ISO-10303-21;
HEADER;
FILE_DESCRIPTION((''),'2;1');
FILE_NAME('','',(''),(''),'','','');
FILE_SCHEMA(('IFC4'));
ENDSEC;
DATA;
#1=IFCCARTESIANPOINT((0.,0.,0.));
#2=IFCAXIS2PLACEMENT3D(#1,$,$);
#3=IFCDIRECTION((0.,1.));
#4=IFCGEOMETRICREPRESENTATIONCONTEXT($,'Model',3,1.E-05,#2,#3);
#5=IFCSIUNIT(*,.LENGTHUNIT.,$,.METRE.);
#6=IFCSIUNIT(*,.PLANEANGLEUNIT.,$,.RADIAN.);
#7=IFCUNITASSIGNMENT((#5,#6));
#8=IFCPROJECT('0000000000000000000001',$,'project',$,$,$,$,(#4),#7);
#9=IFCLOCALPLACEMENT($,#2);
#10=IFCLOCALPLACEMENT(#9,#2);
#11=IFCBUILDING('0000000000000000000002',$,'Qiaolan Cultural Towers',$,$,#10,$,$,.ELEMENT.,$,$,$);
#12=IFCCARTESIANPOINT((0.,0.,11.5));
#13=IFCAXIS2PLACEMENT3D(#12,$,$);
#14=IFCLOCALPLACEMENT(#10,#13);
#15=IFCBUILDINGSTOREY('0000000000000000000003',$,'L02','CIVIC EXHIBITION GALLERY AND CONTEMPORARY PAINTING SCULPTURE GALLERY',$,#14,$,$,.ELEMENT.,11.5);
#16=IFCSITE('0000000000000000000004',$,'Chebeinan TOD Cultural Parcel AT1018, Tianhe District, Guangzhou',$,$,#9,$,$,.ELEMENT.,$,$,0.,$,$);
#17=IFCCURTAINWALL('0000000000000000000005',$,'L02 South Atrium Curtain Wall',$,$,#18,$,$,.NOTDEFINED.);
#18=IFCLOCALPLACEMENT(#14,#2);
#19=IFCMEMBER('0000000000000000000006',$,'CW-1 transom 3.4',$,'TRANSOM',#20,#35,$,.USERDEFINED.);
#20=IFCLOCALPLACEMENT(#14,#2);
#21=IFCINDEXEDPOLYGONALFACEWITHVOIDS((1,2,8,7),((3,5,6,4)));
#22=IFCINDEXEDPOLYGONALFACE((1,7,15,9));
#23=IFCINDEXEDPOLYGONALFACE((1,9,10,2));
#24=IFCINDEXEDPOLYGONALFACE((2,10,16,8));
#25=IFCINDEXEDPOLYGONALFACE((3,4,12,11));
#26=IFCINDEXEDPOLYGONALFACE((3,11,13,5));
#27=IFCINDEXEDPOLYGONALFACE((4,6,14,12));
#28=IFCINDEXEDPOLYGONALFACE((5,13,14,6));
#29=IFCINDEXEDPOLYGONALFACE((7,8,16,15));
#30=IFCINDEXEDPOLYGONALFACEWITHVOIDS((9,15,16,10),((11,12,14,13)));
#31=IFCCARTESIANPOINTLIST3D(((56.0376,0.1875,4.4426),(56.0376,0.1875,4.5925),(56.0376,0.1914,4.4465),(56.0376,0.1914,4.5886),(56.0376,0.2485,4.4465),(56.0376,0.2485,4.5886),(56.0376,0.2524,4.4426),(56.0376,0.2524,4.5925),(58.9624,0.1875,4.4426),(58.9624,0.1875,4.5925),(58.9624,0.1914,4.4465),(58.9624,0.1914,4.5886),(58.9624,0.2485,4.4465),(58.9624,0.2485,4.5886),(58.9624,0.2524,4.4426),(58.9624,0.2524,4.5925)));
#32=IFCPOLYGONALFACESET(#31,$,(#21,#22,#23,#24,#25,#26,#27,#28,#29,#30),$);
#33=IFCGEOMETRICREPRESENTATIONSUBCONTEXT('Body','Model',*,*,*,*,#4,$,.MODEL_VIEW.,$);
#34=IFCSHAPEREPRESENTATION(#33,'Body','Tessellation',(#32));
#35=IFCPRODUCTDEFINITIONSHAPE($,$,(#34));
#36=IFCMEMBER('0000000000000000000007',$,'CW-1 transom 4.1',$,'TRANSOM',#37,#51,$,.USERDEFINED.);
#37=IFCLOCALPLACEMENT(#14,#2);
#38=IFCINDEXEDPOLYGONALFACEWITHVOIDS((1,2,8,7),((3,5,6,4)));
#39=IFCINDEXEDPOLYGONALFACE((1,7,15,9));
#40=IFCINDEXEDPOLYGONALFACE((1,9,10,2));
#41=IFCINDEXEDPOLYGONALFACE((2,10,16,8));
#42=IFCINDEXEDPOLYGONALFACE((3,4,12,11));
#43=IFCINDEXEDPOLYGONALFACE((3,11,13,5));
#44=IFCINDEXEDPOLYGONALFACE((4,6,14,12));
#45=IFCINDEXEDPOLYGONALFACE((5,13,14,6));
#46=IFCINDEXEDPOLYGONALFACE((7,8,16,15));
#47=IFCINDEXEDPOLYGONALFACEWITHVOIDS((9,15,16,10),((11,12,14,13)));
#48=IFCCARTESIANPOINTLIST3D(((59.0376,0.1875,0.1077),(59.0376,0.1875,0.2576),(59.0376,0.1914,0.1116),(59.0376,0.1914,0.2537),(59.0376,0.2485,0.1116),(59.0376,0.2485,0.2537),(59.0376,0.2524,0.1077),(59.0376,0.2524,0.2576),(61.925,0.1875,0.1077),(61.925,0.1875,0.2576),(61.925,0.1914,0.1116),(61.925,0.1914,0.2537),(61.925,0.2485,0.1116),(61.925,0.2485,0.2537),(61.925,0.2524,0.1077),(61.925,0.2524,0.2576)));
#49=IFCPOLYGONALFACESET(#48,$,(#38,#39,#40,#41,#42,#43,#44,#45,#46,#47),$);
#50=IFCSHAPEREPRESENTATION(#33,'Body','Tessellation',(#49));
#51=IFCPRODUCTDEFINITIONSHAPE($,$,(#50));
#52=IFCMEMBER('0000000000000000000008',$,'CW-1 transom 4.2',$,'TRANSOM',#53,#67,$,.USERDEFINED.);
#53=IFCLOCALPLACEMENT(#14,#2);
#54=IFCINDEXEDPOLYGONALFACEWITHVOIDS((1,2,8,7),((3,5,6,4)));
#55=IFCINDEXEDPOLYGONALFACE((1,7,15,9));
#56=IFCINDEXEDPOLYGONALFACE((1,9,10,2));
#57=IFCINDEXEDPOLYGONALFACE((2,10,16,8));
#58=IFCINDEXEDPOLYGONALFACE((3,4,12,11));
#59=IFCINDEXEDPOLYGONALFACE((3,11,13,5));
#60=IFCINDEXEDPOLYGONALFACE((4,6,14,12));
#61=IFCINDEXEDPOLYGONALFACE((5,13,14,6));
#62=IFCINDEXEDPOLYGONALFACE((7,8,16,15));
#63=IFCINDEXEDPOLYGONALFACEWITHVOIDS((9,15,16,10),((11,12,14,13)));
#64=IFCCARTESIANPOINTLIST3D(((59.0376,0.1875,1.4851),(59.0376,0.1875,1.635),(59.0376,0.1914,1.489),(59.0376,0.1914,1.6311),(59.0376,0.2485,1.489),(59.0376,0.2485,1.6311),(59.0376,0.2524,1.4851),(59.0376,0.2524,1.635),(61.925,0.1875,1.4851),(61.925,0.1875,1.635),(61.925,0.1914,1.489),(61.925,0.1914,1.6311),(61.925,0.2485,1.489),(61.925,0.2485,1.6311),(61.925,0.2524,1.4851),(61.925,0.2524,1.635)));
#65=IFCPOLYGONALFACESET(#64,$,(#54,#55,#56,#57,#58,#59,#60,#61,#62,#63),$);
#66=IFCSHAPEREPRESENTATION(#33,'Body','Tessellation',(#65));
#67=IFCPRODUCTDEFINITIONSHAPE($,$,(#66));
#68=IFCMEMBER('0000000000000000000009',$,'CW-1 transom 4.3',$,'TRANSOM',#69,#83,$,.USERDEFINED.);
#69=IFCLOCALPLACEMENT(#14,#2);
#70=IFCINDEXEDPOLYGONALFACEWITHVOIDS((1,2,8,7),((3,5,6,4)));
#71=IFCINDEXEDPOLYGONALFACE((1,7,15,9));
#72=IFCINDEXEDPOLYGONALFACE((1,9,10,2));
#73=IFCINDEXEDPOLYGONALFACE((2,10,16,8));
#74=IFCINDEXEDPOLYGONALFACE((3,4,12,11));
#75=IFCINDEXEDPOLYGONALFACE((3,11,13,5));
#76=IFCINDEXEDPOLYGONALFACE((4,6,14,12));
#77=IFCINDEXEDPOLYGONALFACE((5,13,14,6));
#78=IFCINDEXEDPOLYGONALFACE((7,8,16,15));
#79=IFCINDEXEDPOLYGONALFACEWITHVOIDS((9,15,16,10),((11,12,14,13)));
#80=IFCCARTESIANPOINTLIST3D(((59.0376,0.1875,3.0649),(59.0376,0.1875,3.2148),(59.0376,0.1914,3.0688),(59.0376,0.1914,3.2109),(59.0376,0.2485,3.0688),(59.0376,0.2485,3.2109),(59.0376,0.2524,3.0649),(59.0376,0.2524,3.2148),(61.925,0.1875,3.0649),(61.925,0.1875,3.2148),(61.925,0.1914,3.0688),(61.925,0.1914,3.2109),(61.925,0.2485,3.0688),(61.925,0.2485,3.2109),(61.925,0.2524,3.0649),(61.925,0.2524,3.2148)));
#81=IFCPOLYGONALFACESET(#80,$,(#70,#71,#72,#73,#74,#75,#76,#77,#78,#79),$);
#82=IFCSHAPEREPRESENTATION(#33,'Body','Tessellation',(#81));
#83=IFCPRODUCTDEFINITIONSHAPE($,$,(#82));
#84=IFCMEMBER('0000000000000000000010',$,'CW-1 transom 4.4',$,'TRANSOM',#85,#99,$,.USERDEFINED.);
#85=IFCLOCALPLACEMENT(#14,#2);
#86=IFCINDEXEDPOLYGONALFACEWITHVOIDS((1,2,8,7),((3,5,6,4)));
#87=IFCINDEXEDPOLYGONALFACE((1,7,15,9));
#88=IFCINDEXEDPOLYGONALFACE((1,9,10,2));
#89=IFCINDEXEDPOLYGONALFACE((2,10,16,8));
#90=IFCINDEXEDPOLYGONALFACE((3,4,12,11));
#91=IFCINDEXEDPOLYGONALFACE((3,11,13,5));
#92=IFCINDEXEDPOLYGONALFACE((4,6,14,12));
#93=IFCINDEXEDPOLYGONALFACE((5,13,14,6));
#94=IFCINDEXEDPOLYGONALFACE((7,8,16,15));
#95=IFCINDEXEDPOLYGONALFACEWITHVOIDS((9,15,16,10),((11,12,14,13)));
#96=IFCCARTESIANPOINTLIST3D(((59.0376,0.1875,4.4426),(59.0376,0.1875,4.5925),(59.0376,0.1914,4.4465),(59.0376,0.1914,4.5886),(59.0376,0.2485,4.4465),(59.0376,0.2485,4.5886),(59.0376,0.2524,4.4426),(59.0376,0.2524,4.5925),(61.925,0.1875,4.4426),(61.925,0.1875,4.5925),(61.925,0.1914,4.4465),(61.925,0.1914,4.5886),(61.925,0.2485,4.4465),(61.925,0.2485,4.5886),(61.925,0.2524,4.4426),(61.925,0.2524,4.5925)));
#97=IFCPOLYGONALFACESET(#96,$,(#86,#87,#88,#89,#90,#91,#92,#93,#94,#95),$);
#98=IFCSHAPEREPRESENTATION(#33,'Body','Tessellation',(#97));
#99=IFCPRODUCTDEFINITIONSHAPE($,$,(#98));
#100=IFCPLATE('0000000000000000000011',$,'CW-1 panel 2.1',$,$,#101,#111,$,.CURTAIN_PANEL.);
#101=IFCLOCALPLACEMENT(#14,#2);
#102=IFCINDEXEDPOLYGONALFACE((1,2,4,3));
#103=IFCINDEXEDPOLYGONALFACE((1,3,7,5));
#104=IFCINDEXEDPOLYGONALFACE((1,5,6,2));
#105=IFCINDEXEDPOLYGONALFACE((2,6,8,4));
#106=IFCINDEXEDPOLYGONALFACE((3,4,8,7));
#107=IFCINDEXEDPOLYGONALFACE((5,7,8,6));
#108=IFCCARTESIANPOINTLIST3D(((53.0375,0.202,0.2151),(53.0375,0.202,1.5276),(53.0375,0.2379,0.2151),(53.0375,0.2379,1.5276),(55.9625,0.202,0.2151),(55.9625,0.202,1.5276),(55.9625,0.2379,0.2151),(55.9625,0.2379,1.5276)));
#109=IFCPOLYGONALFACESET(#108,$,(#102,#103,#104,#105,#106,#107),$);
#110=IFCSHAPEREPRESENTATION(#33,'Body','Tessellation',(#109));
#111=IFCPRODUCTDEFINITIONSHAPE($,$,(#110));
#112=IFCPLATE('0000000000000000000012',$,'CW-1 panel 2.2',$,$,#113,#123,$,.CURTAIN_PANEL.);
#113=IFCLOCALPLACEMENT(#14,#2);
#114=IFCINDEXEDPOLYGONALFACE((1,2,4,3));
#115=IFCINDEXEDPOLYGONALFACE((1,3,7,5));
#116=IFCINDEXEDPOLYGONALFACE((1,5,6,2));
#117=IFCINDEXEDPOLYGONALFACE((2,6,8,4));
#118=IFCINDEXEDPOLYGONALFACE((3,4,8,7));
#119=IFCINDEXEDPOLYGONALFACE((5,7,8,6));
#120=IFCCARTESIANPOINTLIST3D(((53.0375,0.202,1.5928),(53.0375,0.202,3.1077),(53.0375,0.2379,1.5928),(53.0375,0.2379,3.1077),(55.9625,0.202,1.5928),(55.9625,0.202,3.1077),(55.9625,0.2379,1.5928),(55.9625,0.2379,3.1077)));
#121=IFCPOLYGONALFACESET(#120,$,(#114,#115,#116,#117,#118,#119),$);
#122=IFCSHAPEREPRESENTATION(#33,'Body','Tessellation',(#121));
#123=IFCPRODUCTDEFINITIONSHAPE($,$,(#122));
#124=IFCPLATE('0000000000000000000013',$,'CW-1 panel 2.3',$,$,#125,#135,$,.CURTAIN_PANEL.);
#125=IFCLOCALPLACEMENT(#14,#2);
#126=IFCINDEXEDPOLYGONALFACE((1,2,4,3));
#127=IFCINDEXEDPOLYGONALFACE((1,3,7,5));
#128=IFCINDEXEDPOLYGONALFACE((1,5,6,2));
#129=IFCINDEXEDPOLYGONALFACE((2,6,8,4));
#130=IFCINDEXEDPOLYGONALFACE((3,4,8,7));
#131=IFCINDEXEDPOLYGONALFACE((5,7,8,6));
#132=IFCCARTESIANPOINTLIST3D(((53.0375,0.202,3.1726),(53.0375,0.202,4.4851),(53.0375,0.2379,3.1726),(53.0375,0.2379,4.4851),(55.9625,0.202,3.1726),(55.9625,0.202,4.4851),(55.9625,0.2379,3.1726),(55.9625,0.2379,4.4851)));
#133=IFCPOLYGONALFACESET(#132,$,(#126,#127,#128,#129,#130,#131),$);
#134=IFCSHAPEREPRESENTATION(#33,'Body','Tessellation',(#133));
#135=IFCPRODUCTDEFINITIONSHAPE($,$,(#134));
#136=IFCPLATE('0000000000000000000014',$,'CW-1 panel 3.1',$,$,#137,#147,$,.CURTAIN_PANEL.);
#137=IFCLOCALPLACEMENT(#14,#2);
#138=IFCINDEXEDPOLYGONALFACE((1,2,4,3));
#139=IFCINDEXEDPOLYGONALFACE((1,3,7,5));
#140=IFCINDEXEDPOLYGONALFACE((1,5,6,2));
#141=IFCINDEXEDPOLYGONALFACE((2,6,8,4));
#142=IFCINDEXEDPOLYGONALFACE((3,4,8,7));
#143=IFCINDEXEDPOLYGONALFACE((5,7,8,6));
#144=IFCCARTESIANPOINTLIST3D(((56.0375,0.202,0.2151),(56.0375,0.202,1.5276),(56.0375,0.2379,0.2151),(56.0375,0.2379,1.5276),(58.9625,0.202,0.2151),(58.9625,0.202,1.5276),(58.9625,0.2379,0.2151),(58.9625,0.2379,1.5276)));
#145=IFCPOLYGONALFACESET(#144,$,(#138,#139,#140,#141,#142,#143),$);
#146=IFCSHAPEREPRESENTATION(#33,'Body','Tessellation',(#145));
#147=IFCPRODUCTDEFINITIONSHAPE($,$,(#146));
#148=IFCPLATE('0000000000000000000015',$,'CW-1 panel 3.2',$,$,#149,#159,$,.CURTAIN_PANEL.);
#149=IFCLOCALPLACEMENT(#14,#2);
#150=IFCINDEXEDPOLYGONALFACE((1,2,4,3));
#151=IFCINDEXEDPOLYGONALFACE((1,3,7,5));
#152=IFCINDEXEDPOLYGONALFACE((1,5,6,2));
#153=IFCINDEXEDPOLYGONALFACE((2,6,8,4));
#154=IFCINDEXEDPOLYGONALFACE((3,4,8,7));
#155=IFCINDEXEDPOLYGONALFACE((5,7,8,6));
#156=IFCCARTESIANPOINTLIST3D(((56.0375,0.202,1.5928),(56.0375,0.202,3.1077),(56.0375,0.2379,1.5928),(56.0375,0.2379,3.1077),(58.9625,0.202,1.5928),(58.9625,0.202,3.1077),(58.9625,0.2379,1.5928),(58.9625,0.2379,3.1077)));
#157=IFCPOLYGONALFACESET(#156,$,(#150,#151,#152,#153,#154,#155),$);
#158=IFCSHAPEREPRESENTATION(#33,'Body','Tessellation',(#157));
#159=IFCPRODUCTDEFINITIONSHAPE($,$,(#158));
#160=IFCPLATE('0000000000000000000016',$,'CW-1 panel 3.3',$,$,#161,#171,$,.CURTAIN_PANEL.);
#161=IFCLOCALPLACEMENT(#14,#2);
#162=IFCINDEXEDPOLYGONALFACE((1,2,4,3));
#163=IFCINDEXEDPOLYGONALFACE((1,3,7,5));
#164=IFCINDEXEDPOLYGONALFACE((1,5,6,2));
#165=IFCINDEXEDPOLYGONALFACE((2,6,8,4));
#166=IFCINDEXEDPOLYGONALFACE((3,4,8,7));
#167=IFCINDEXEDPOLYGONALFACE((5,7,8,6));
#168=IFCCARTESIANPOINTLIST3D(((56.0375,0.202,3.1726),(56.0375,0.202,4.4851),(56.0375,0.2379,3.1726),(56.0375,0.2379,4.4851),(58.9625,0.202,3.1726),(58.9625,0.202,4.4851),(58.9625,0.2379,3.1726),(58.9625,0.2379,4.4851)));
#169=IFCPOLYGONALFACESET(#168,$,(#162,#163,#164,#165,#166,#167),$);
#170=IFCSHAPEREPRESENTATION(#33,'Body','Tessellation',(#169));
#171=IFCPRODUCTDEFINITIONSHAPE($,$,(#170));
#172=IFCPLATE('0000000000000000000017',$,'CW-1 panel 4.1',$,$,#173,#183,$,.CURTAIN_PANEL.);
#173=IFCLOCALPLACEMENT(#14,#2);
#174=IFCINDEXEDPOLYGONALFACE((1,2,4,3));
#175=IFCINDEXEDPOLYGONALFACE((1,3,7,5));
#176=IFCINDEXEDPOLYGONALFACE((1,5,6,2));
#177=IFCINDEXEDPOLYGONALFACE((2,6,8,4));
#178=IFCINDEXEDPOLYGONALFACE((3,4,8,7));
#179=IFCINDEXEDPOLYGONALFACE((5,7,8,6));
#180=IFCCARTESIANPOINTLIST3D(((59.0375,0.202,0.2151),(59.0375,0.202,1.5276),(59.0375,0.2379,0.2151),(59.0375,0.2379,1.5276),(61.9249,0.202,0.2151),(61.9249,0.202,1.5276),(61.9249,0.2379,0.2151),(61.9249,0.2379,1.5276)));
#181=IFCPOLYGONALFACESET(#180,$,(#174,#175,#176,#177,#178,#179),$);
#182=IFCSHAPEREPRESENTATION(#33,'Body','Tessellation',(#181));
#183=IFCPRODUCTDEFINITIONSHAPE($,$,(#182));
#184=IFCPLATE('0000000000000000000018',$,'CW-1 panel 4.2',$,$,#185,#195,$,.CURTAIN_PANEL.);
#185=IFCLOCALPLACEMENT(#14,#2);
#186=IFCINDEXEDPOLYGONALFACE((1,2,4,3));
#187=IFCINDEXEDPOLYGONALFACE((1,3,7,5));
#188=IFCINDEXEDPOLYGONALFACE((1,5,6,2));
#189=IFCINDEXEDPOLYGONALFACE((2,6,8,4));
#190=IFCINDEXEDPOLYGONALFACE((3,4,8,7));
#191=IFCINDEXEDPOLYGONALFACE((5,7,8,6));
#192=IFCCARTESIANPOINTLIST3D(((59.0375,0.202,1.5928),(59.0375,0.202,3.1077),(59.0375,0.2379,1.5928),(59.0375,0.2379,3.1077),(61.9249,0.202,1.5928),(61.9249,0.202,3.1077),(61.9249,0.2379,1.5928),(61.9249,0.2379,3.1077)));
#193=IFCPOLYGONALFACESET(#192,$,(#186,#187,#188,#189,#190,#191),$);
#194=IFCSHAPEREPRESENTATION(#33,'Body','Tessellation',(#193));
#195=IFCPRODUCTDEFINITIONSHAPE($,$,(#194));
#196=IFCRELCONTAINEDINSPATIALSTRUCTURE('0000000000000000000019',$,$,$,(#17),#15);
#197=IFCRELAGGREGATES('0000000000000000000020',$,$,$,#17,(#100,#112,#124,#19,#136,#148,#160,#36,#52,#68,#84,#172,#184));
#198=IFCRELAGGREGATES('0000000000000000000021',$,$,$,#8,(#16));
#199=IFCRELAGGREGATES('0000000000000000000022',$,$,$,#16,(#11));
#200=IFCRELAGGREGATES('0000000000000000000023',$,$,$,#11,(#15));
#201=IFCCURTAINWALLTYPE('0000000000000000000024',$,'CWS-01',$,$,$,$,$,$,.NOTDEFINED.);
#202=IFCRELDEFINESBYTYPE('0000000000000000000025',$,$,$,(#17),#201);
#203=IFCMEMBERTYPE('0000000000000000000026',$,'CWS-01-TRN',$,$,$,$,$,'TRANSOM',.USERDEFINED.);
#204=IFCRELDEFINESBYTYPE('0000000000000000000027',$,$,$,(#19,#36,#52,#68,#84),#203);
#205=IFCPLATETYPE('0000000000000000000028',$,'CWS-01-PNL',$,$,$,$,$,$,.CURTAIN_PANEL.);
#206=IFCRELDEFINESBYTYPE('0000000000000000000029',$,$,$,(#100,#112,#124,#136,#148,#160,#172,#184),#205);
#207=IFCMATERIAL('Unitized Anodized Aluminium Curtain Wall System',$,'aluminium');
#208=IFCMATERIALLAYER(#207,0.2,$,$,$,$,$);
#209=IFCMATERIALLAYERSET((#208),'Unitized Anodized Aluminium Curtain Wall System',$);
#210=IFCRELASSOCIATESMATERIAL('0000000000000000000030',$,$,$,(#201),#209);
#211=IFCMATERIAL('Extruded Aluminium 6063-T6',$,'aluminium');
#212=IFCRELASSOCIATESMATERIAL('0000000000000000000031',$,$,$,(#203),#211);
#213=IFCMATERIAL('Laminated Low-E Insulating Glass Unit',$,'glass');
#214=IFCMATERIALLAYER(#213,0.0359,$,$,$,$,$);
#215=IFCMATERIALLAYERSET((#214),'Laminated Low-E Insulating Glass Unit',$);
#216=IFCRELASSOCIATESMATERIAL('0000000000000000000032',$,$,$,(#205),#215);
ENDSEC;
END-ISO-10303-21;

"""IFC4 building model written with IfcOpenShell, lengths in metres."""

from ifc_helpers import new_model, si_unit, direction, frame, origin, origin_2d, place, context, subcontext, project, spatial, rectangle, hollow_rectangle, extrude, material, layer, layer_set, material_profile, profile_set, type_object, element, aggregate, save


model = new_model("IFC4")

# Units and contexts
model_context = context("Model", 3, precision=1e-05, world=origin(), true_north=direction((0.0, 1.0)))
body_context = subcontext(model_context, "Body", "Model", "MODEL_VIEW")
ifc_project = project(units=[si_unit("LENGTHUNIT", "METRE"), si_unit("PLANEANGLEUNIT", "RADIAN")], contexts=[model_context])

# Site, building, storey
site_placement = place(None, origin())
site = spatial("IfcSite", under=ifc_project, at=site_placement, Name="Chebeinan TOD Cultural Parcel AT1018, Tianhe District, Guangzhou", CompositionType="ELEMENT", RefElevation=0.0)
building_placement = place(site_placement, origin())
building = spatial("IfcBuilding", under=site, at=building_placement, Name="Qiaolan Cultural Towers", CompositionType="ELEMENT")
storey_placement = place(building_placement, frame((0.0, 0.0, 11.5)))
storey = spatial("IfcBuildingStorey", under=building, at=storey_placement, Name="L02", Description="CIVIC EXHIBITION GALLERY AND CONTEMPORARY PAINTING SCULPTURE GALLERY", CompositionType="ELEMENT", Elevation=11.5)

# Curtain wall, members, plates
ifc_material_1 = material(Name="Unitized Anodized Aluminium Curtain Wall System", Category="aluminium")
ifc_layer_1 = layer(ifc_material_1, 0.2)
ifc_layer_set_1 = layer_set([ifc_layer_1], Name="Unitized Anodized Aluminium Curtain Wall System")
curtain_wall_type = type_object("IfcCurtainWallType", Name="CWS-01", PredefinedType="NOTDEFINED", material=ifc_layer_set_1)
curtain_wall_placement = place(storey_placement, origin())
curtain_wall = element("IfcCurtainWall", 1, at=curtain_wall_placement, inside=storey, type_object=curtain_wall_type, Name="L02 South Atrium Curtain Wall", PredefinedType="NOTDEFINED")
ifc_material_2 = material(Name="Extruded Aluminium 6063-T6", Category="aluminium")
ifc_material_profile_1 = material_profile(ifc_material_2, hollow_rectangle(XDim=0.0649, YDim=0.1499, WallThickness=0.0039, at=origin_2d()), Name="CWT-150x65x4")
ifc_profile_set_1 = profile_set([ifc_material_profile_1], Name="Extruded Aluminium 6063-T6")
member_type_1 = type_object("IfcMemberType", Name="CWS-01-TRN", ElementType="TRANSOM", PredefinedType="USERDEFINED", material=ifc_profile_set_1)
member_1_placement = place(storey_placement, frame((56.0376, 0.22, 4.5176), z_axis=(1.0, 0.0, 0.0), x_axis=(0.0, 1.0, 0.0)))
member_1 = element("IfcMember", 2, at=member_1_placement, type_object=member_type_1, Name="CW-1 transom 3.4", ObjectType="TRANSOM", PredefinedType="USERDEFINED", context=body_context, shape_type="SweptSolid", body=[
    extrude(hollow_rectangle(XDim=0.0649, YDim=0.1499, WallThickness=0.0039, at=origin_2d()), origin(), (0.0, 0.0, 1.0), 2.9248),
])
member_2_placement = place(storey_placement, frame((59.0376, 0.22, 0.1826), z_axis=(1.0, 0.0, 0.0), x_axis=(0.0, 1.0, 0.0)))
member_2 = element("IfcMember", 3, at=member_2_placement, type_object=member_type_1, Name="CW-1 transom 4.1", ObjectType="TRANSOM", PredefinedType="USERDEFINED", context=body_context, shape_type="SweptSolid", body=[
    extrude(hollow_rectangle(XDim=0.0649, YDim=0.1499, WallThickness=0.0039, at=origin_2d()), origin(), (0.0, 0.0, 1.0), 2.8875),
])
member_3_placement = place(storey_placement, frame((59.0376, 0.22, 1.5601), z_axis=(1.0, 0.0, 0.0), x_axis=(0.0, 1.0, 0.0)))
member_3 = element("IfcMember", 4, at=member_3_placement, type_object=member_type_1, Name="CW-1 transom 4.2", ObjectType="TRANSOM", PredefinedType="USERDEFINED", context=body_context, shape_type="SweptSolid", body=[
    extrude(hollow_rectangle(XDim=0.0649, YDim=0.1499, WallThickness=0.0039, at=origin_2d()), origin(), (0.0, 0.0, 1.0), 2.8875),
])
member_4_placement = place(storey_placement, frame((59.0376, 0.22, 3.1399), z_axis=(1.0, 0.0, 0.0), x_axis=(0.0, 1.0, 0.0)))
member_4 = element("IfcMember", 5, at=member_4_placement, type_object=member_type_1, Name="CW-1 transom 4.3", ObjectType="TRANSOM", PredefinedType="USERDEFINED", context=body_context, shape_type="SweptSolid", body=[
    extrude(hollow_rectangle(XDim=0.0649, YDim=0.1499, WallThickness=0.0039, at=origin_2d()), origin(), (0.0, 0.0, 1.0), 2.8875),
])
member_5_placement = place(storey_placement, frame((59.0376, 0.22, 4.5176), z_axis=(1.0, 0.0, 0.0), x_axis=(0.0, 1.0, 0.0)))
member_5 = element("IfcMember", 6, at=member_5_placement, type_object=member_type_1, Name="CW-1 transom 4.4", ObjectType="TRANSOM", PredefinedType="USERDEFINED", context=body_context, shape_type="SweptSolid", body=[
    extrude(hollow_rectangle(XDim=0.0649, YDim=0.1499, WallThickness=0.0039, at=origin_2d()), origin(), (0.0, 0.0, 1.0), 2.8875),
])
ifc_material_3 = material(Name="Laminated Low-E Insulating Glass Unit", Category="glass")
ifc_layer_2 = layer(ifc_material_3, 0.0359)
ifc_layer_set_2 = layer_set([ifc_layer_2], Name="Laminated Low-E Insulating Glass Unit")
plate_type = type_object("IfcPlateType", Name="CWS-01-PNL", PredefinedType="CURTAIN_PANEL", material=ifc_layer_set_2)
plate_1_placement = place(storey_placement, frame((54.5, 0.22, 0.2151), z_axis=(0.0, 0.0, 1.0), x_axis=(1.0, 0.0, 0.0)))
plate_1 = element("IfcPlate", 7, at=plate_1_placement, type_object=plate_type, Name="CW-1 panel 2.1", PredefinedType="CURTAIN_PANEL", context=body_context, shape_type="SweptSolid", body=[
    extrude(rectangle(XDim=2.925, YDim=0.0359, at=origin_2d()), origin(), (0.0, 0.0, 1.0), 1.3125),
])
plate_2_placement = place(storey_placement, frame((54.5, 0.22, 1.5928), z_axis=(0.0, 0.0, 1.0), x_axis=(1.0, 0.0, 0.0)))
plate_2 = element("IfcPlate", 8, at=plate_2_placement, type_object=plate_type, Name="CW-1 panel 2.2", PredefinedType="CURTAIN_PANEL", context=body_context, shape_type="SweptSolid", body=[
    extrude(rectangle(XDim=2.925, YDim=0.0359, at=origin_2d()), origin(), (0.0, 0.0, 1.0), 1.5149),
])
plate_3_placement = place(storey_placement, frame((54.5, 0.22, 3.1726), z_axis=(0.0, 0.0, 1.0), x_axis=(1.0, 0.0, 0.0)))
plate_3 = element("IfcPlate", 9, at=plate_3_placement, type_object=plate_type, Name="CW-1 panel 2.3", PredefinedType="CURTAIN_PANEL", context=body_context, shape_type="SweptSolid", body=[
    extrude(rectangle(XDim=2.925, YDim=0.0359, at=origin_2d()), origin(), (0.0, 0.0, 1.0), 1.3125),
])
plate_4_placement = place(storey_placement, frame((57.5, 0.22, 0.2151), z_axis=(0.0, 0.0, 1.0), x_axis=(1.0, 0.0, 0.0)))
plate_4 = element("IfcPlate", 10, at=plate_4_placement, type_object=plate_type, Name="CW-1 panel 3.1", PredefinedType="CURTAIN_PANEL", context=body_context, shape_type="SweptSolid", body=[
    extrude(rectangle(XDim=2.925, YDim=0.0359, at=origin_2d()), origin(), (0.0, 0.0, 1.0), 1.3125),
])
plate_5_placement = place(storey_placement, frame((57.5, 0.22, 1.5928), z_axis=(0.0, 0.0, 1.0), x_axis=(1.0, 0.0, 0.0)))
plate_5 = element("IfcPlate", 11, at=plate_5_placement, type_object=plate_type, Name="CW-1 panel 3.2", PredefinedType="CURTAIN_PANEL", context=body_context, shape_type="SweptSolid", body=[
    extrude(rectangle(XDim=2.925, YDim=0.0359, at=origin_2d()), origin(), (0.0, 0.0, 1.0), 1.5149),
])
plate_6_placement = place(storey_placement, frame((57.5, 0.22, 3.1726), z_axis=(0.0, 0.0, 1.0), x_axis=(1.0, 0.0, 0.0)))
plate_6 = element("IfcPlate", 12, at=plate_6_placement, type_object=plate_type, Name="CW-1 panel 3.3", PredefinedType="CURTAIN_PANEL", context=body_context, shape_type="SweptSolid", body=[
    extrude(rectangle(XDim=2.925, YDim=0.0359, at=origin_2d()), origin(), (0.0, 0.0, 1.0), 1.3125),
])
plate_7_placement = place(storey_placement, frame((60.4812, 0.22, 0.2151), z_axis=(0.0, 0.0, 1.0), x_axis=(1.0, 0.0, 0.0)))
plate_7 = element("IfcPlate", 13, at=plate_7_placement, type_object=plate_type, Name="CW-1 panel 4.1", PredefinedType="CURTAIN_PANEL", context=body_context, shape_type="SweptSolid", body=[
    extrude(rectangle(XDim=2.8875, YDim=0.0359, at=origin_2d()), origin(), (0.0, 0.0, 1.0), 1.3125),
])
plate_8_placement = place(storey_placement, frame((60.4812, 0.22, 1.5928), z_axis=(0.0, 0.0, 1.0), x_axis=(1.0, 0.0, 0.0)))
plate_8 = element("IfcPlate", 14, at=plate_8_placement, type_object=plate_type, Name="CW-1 panel 4.2", PredefinedType="CURTAIN_PANEL", context=body_context, shape_type="SweptSolid", body=[
    extrude(rectangle(XDim=2.8875, YDim=0.0359, at=origin_2d()), origin(), (0.0, 0.0, 1.0), 1.5149),
])
aggregate(curtain_wall, [plate_1, plate_2, plate_3, member_1, plate_4, plate_5, plate_6, member_2, member_3, member_4, member_5, plate_7, plate_8])

save(model, "model.ifc")
